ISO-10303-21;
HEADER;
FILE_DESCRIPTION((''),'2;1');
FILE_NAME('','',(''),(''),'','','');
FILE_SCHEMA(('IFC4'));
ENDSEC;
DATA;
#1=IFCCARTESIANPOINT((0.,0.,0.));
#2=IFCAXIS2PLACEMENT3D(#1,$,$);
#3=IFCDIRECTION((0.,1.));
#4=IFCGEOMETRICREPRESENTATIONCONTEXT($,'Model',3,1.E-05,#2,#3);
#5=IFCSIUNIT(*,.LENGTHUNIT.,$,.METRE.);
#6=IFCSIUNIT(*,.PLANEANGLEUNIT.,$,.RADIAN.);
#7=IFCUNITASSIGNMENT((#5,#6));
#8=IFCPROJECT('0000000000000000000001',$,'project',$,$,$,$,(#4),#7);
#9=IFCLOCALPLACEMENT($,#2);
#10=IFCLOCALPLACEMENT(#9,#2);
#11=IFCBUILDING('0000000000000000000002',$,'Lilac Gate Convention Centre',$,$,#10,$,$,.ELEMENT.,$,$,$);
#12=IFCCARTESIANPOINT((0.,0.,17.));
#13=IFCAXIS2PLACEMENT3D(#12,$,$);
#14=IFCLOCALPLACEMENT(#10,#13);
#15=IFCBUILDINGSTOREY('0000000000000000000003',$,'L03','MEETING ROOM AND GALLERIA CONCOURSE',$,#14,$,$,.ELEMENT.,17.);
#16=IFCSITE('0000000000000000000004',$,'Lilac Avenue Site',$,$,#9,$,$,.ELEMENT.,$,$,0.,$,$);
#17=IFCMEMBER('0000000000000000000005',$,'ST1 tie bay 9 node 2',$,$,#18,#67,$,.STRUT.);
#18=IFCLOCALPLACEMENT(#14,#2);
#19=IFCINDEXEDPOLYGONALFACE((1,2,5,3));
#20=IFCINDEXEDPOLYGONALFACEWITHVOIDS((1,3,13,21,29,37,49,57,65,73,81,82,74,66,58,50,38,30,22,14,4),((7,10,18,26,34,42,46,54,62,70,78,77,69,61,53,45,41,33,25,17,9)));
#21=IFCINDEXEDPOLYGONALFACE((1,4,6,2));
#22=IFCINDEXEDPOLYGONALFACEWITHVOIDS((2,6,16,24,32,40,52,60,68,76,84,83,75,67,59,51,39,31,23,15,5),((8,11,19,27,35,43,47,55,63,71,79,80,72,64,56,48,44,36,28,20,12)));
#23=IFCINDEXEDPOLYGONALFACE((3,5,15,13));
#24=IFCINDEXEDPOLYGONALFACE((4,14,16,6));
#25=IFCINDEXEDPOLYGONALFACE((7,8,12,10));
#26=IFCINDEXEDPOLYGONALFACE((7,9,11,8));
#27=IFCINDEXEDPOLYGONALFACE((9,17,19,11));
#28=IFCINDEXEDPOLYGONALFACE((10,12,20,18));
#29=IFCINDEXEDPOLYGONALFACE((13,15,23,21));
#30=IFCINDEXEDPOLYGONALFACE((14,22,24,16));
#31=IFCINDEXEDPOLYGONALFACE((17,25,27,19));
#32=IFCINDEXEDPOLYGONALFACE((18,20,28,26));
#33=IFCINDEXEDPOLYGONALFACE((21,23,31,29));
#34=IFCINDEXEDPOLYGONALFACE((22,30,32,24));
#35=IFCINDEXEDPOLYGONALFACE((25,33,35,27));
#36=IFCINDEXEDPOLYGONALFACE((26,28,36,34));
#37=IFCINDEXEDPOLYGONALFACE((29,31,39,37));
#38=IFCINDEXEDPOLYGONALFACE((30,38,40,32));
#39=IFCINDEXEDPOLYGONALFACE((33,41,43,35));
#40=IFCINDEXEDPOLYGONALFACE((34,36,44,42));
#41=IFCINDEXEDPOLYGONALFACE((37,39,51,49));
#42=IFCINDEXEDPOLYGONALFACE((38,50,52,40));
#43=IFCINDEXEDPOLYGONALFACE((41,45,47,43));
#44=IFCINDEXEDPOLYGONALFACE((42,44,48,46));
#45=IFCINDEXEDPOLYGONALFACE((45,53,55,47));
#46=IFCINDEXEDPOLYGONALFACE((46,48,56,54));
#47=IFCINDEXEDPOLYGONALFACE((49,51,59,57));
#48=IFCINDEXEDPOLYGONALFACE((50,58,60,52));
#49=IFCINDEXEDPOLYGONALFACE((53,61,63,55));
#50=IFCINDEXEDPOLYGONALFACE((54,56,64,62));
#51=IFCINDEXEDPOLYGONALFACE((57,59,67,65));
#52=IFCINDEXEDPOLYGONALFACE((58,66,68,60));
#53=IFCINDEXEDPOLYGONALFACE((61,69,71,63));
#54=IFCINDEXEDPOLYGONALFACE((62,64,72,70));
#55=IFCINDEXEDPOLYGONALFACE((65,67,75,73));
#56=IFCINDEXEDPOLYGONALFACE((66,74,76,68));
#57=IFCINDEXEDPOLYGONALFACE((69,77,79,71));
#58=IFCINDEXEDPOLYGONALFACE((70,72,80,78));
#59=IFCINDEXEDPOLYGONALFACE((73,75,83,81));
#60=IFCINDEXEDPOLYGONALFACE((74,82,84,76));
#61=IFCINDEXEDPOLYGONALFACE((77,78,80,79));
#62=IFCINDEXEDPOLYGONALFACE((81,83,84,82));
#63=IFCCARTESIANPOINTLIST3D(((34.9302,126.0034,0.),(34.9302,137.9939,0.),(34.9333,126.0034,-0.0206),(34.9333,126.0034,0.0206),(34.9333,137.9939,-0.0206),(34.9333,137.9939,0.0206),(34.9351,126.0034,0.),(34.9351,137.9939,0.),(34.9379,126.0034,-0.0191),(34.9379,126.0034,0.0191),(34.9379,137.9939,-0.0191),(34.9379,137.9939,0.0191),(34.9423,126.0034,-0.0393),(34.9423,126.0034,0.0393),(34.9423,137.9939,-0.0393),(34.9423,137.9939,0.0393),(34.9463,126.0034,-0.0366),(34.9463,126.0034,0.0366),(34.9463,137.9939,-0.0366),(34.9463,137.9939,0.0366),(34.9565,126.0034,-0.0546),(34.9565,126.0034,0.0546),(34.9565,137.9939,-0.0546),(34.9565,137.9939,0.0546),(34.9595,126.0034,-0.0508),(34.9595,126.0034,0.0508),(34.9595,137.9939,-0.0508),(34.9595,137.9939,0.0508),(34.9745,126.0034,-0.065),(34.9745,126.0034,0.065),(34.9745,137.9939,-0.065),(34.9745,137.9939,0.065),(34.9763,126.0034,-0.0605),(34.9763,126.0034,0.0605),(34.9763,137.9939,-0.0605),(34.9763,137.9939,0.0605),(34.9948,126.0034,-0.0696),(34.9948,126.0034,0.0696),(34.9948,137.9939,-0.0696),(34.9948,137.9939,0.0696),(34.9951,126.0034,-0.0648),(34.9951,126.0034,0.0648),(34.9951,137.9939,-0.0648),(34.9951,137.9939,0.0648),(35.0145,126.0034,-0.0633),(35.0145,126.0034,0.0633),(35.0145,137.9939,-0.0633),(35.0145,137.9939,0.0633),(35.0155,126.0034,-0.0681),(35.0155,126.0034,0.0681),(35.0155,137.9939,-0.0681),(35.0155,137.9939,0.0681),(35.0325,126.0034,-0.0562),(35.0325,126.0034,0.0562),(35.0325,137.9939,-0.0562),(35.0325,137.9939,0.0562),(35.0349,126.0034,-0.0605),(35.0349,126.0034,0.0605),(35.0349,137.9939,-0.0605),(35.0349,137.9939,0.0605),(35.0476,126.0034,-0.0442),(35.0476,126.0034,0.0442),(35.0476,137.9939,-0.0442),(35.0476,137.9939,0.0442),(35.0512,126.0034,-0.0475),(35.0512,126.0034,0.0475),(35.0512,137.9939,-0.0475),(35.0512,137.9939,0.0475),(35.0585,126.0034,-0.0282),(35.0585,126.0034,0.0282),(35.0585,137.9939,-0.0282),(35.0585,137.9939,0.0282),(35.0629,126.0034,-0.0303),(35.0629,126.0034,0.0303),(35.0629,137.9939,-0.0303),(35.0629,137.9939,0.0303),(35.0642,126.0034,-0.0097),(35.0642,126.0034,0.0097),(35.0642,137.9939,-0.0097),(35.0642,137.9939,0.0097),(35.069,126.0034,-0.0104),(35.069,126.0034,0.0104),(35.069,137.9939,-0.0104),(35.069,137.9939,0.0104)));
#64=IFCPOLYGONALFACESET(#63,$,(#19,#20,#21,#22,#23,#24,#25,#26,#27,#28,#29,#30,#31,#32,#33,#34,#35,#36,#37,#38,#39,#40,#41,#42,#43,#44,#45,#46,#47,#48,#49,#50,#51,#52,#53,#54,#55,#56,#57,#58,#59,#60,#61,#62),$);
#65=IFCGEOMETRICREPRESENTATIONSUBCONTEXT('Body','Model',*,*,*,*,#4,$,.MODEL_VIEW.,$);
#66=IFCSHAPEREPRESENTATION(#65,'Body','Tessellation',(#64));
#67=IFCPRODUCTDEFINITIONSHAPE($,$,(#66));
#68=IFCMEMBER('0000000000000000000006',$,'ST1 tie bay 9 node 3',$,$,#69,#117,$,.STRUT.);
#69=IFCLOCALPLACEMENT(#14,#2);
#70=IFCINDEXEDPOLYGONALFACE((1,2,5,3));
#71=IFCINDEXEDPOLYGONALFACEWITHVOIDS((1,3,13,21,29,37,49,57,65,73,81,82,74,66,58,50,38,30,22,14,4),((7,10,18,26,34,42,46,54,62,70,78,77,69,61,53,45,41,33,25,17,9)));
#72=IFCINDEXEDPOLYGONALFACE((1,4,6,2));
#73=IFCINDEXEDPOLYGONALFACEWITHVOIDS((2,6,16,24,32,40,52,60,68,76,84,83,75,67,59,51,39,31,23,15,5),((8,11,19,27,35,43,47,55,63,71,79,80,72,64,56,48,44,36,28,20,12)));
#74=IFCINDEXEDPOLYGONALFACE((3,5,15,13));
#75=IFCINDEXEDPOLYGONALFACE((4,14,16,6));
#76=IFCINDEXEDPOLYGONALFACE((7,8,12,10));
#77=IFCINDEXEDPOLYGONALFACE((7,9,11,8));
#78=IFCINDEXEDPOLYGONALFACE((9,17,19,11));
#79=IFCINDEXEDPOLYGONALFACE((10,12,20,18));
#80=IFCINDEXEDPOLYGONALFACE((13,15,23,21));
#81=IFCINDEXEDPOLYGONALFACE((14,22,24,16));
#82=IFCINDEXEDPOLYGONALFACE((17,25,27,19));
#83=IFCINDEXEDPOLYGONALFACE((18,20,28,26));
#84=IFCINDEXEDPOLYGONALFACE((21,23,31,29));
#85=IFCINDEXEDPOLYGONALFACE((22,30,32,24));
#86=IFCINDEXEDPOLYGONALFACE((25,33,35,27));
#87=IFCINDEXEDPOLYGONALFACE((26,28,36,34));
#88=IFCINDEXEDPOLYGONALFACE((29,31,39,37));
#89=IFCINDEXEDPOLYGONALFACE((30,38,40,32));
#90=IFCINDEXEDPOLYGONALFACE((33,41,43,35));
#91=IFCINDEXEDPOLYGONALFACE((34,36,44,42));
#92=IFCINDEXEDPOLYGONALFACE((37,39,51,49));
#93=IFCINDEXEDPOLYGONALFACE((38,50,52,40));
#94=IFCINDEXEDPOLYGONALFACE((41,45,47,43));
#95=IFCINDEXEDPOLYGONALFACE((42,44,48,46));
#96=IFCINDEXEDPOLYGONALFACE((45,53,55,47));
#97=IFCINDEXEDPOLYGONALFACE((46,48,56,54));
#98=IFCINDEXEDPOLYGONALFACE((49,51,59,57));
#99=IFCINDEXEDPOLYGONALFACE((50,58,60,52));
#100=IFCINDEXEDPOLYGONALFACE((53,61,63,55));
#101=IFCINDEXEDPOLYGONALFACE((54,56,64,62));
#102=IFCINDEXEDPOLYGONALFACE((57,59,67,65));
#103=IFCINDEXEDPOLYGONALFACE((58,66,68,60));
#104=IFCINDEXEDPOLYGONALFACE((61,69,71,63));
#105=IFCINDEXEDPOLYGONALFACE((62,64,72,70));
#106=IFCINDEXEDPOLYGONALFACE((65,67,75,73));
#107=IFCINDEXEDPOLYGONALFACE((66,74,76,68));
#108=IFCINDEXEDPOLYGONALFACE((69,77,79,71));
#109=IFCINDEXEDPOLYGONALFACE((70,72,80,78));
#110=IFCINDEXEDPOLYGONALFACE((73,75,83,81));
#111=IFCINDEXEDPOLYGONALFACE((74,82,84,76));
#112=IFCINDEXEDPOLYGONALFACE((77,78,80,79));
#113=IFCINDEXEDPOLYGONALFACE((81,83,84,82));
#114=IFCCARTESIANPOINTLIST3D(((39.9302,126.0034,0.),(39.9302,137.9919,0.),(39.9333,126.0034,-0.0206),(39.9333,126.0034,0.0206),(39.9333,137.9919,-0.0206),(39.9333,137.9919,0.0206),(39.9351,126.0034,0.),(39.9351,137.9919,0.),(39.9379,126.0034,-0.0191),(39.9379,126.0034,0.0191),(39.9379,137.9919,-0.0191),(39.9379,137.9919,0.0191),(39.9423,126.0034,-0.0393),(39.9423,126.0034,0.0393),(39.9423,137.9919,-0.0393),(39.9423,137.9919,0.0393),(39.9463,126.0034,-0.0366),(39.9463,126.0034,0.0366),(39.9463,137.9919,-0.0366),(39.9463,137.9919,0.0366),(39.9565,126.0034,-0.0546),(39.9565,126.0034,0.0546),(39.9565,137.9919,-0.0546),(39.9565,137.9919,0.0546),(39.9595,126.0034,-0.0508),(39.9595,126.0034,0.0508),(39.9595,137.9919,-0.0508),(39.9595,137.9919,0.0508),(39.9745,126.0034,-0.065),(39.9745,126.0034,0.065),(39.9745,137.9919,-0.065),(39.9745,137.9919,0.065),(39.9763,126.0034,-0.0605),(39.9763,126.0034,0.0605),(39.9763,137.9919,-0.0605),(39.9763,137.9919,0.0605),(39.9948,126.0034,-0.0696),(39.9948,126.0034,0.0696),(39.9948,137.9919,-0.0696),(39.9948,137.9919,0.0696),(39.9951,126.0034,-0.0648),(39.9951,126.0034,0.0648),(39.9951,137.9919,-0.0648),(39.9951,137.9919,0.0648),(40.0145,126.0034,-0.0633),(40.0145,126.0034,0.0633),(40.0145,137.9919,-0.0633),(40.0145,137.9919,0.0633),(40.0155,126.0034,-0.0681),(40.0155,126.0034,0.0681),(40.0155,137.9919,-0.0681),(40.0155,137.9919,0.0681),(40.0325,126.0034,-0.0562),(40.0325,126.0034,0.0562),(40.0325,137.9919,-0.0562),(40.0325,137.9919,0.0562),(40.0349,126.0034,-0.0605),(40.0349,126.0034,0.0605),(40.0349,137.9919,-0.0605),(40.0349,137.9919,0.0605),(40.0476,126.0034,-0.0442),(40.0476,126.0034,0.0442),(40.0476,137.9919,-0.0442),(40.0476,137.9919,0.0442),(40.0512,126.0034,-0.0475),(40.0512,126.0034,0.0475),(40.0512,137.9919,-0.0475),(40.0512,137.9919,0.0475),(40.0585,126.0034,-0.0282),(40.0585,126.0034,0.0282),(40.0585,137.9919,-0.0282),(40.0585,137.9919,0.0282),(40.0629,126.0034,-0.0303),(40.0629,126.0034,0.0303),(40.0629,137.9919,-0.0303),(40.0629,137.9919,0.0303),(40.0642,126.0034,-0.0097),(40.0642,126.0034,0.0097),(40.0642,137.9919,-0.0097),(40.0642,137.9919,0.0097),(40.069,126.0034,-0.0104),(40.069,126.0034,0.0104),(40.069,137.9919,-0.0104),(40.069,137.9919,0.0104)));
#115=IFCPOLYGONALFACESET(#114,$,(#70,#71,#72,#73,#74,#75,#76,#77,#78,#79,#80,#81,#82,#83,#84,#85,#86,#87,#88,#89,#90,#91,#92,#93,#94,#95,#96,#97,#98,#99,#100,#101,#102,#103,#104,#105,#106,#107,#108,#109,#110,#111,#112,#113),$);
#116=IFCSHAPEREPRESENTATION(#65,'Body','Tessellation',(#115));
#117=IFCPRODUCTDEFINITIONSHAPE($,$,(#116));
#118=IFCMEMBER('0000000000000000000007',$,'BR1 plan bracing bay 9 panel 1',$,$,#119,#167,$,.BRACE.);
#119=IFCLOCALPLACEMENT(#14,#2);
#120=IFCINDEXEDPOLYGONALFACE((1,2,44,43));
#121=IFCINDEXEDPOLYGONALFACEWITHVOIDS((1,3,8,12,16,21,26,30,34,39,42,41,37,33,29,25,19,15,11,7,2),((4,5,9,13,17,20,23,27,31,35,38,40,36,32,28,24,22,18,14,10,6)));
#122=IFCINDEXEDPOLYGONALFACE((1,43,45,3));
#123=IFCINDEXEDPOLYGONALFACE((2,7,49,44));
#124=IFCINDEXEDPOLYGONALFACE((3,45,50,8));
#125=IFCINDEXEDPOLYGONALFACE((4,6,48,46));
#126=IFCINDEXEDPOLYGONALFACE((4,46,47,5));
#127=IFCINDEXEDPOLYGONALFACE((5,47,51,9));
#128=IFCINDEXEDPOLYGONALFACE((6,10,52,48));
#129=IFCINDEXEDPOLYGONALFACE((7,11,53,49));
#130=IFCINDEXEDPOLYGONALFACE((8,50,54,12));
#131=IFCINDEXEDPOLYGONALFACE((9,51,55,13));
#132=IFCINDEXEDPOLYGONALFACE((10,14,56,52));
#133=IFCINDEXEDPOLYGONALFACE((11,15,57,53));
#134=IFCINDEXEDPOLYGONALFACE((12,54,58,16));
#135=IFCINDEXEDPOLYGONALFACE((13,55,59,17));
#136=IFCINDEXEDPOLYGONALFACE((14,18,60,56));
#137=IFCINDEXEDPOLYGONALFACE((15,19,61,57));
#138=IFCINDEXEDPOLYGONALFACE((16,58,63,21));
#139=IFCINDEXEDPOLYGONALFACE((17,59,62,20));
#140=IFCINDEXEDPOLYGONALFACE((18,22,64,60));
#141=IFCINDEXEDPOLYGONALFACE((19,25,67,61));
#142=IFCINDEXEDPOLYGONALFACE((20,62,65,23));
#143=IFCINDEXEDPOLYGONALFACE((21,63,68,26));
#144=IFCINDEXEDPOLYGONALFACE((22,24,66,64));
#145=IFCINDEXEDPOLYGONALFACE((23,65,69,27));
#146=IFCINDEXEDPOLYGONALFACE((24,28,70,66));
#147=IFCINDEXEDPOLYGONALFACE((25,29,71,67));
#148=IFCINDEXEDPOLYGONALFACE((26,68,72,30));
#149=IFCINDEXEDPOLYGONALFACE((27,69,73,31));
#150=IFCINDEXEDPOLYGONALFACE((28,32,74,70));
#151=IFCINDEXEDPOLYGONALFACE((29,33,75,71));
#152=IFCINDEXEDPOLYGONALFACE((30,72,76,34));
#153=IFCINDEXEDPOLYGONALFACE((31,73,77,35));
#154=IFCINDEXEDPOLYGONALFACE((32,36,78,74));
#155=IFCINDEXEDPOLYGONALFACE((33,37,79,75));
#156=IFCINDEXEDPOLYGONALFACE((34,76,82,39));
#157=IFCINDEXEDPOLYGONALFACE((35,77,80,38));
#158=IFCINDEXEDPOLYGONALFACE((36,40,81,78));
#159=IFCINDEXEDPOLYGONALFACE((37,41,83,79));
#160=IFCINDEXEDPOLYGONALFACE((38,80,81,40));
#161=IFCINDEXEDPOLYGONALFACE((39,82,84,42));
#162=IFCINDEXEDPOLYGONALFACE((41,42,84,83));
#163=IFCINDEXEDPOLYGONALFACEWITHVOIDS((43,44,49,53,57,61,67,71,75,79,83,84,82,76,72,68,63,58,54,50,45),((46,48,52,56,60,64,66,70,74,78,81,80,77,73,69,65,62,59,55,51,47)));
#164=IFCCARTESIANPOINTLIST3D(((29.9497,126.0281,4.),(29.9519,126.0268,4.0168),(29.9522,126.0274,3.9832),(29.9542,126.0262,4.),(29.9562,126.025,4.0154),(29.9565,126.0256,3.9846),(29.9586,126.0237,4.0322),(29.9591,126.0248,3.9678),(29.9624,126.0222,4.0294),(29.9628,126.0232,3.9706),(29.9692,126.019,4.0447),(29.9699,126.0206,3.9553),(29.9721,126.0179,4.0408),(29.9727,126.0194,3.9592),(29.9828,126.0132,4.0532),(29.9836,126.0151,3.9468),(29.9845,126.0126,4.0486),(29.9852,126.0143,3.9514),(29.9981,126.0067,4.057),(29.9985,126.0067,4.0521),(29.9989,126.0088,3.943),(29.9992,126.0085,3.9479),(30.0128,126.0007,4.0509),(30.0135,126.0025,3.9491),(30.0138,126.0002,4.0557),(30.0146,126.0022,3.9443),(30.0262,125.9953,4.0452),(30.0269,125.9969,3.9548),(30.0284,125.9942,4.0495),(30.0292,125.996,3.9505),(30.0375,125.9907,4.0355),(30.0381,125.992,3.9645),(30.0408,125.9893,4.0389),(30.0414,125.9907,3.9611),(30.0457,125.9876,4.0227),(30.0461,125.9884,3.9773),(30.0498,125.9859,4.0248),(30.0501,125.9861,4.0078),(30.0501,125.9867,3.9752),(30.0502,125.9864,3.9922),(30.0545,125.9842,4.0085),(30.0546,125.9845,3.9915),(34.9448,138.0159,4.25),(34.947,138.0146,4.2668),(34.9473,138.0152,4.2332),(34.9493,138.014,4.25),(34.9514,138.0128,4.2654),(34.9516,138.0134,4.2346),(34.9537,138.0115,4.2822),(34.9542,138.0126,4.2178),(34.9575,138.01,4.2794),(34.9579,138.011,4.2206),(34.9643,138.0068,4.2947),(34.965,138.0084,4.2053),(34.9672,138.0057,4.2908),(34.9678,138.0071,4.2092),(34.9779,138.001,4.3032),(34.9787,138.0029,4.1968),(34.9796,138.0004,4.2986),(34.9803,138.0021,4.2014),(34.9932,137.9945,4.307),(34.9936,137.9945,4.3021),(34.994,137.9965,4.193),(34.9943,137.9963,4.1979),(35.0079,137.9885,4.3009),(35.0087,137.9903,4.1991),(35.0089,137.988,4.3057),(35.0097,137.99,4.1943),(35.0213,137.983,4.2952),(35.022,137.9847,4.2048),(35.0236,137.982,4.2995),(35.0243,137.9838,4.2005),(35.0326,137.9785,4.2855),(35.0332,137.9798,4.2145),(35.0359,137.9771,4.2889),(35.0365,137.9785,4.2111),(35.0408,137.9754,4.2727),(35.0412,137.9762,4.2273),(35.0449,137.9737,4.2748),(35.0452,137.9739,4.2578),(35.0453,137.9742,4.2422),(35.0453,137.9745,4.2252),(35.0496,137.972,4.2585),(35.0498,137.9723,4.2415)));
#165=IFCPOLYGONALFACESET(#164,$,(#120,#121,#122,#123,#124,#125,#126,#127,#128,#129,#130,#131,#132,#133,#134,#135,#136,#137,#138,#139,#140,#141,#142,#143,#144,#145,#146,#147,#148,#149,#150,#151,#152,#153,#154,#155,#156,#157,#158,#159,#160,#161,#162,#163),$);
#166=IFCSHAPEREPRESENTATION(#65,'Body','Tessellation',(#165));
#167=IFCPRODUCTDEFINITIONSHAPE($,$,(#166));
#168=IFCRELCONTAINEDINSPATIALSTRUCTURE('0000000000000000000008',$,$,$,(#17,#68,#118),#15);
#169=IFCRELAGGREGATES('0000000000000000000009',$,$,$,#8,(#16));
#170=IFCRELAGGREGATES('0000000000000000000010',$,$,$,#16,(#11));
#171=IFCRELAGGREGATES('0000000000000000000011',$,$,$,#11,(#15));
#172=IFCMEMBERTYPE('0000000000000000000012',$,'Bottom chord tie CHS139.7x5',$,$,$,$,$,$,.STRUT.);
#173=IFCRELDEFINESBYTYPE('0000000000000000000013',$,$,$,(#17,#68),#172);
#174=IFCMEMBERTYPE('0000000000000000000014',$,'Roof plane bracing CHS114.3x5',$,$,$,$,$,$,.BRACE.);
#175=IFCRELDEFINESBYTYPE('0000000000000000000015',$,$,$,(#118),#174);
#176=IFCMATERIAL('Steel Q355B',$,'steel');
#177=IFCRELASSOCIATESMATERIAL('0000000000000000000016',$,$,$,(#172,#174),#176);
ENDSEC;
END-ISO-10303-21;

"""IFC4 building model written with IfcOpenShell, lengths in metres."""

from ifc_helpers import new_model, si_unit, direction, frame, origin, origin_2d, place, context, subcontext, project, spatial, hollow_circle, extrude, material, material_profile, profile_set, type_object, element, save


model = new_model("IFC4")

# Units and contexts
model_context = context("Model", 3, precision=1e-05, world=origin(), true_north=direction((0.0, 1.0)))
body_context = subcontext(model_context, "Body", "Model", "MODEL_VIEW")
ifc_project = project(units=[si_unit("LENGTHUNIT", "METRE"), si_unit("PLANEANGLEUNIT", "RADIAN")], contexts=[model_context])

# Site, building, storey
site_placement = place(None, origin())
site = spatial("IfcSite", under=ifc_project, at=site_placement, Name="Lilac Avenue Site", CompositionType="ELEMENT", RefElevation=0.0)
building_placement = place(site_placement, origin())
building = spatial("IfcBuilding", under=site, at=building_placement, Name="Lilac Gate Convention Centre", CompositionType="ELEMENT")
storey_placement = place(building_placement, frame((0.0, 0.0, 17.0)))
storey = spatial("IfcBuildingStorey", under=building, at=storey_placement, Name="L03", Description="MEETING ROOM AND GALLERIA CONCOURSE", CompositionType="ELEMENT", Elevation=17.0)

# Members
ifc_material = material(Name="Steel Q355B", Category="steel")
ifc_material_profile_1 = material_profile(ifc_material, hollow_circle(Radius=0.0698, WallThickness=0.0049, at=origin_2d()), Name="CHS139.7x5")
ifc_profile_set_1 = profile_set([ifc_material_profile_1], Name="Steel Q355B")
member_type_1 = type_object("IfcMemberType", Name="Bottom chord tie CHS139.7x5", PredefinedType="STRUT", material=ifc_profile_set_1)
member_1_placement = place(storey_placement, frame((35.0, 126.0034, 0.0), z_axis=(0.0, 1.0, 0.0), x_axis=(-1.0, 0.0, 0.0)))
element("IfcMember", 1, at=member_1_placement, inside=storey, type_object=member_type_1, Name="ST1 tie bay 9 node 2", PredefinedType="STRUT", context=body_context, shape_type="SweptSolid", body=[
    extrude(hollow_circle(Radius=0.0698, WallThickness=0.0049, at=origin_2d()), origin(), (0.0, 0.0, 1.0), 11.9905),
])
member_2_placement = place(storey_placement, frame((40.0, 126.0034, 0.0), z_axis=(0.0, 1.0, 0.0), x_axis=(-1.0, 0.0, 0.0)))
element("IfcMember", 2, at=member_2_placement, inside=storey, type_object=member_type_1, Name="ST1 tie bay 9 node 3", PredefinedType="STRUT", context=body_context, shape_type="SweptSolid", body=[
    extrude(hollow_circle(Radius=0.0698, WallThickness=0.0049, at=origin_2d()), origin(), (0.0, 0.0, 1.0), 11.9885),
])
ifc_material_profile_2 = material_profile(ifc_material, hollow_circle(Radius=0.0571, WallThickness=0.0049, at=origin_2d()), Name="CHS114.3x5")
ifc_profile_set_2 = profile_set([ifc_material_profile_2], Name="Steel Q355B")
member_type_2 = type_object("IfcMemberType", Name="Roof plane bracing CHS114.3x5", PredefinedType="BRACE", material=ifc_profile_set_2)
for number, where, z_axis, x_axis, name in (
    (3, (30.0024, 126.0061, 4.0), (0.384557, 0.9229, 0.019247), (-0.923071, 0.384629, 0.0), "BR1 plan bracing bay 9 panel 1"),
):
    element("IfcMember", number, at=place(storey_placement, frame(where, z_axis=z_axis, x_axis=x_axis)), inside=storey, type_object=member_type_2, Name=name, PredefinedType="BRACE", context=body_context, shape_type="SweptSolid", body=[
        extrude(hollow_circle(Radius=0.0571, WallThickness=0.0049, at=origin_2d()), origin(), (0.0, 0.0, 1.0), 12.9893),
    ])

save(model, "model.ifc")
